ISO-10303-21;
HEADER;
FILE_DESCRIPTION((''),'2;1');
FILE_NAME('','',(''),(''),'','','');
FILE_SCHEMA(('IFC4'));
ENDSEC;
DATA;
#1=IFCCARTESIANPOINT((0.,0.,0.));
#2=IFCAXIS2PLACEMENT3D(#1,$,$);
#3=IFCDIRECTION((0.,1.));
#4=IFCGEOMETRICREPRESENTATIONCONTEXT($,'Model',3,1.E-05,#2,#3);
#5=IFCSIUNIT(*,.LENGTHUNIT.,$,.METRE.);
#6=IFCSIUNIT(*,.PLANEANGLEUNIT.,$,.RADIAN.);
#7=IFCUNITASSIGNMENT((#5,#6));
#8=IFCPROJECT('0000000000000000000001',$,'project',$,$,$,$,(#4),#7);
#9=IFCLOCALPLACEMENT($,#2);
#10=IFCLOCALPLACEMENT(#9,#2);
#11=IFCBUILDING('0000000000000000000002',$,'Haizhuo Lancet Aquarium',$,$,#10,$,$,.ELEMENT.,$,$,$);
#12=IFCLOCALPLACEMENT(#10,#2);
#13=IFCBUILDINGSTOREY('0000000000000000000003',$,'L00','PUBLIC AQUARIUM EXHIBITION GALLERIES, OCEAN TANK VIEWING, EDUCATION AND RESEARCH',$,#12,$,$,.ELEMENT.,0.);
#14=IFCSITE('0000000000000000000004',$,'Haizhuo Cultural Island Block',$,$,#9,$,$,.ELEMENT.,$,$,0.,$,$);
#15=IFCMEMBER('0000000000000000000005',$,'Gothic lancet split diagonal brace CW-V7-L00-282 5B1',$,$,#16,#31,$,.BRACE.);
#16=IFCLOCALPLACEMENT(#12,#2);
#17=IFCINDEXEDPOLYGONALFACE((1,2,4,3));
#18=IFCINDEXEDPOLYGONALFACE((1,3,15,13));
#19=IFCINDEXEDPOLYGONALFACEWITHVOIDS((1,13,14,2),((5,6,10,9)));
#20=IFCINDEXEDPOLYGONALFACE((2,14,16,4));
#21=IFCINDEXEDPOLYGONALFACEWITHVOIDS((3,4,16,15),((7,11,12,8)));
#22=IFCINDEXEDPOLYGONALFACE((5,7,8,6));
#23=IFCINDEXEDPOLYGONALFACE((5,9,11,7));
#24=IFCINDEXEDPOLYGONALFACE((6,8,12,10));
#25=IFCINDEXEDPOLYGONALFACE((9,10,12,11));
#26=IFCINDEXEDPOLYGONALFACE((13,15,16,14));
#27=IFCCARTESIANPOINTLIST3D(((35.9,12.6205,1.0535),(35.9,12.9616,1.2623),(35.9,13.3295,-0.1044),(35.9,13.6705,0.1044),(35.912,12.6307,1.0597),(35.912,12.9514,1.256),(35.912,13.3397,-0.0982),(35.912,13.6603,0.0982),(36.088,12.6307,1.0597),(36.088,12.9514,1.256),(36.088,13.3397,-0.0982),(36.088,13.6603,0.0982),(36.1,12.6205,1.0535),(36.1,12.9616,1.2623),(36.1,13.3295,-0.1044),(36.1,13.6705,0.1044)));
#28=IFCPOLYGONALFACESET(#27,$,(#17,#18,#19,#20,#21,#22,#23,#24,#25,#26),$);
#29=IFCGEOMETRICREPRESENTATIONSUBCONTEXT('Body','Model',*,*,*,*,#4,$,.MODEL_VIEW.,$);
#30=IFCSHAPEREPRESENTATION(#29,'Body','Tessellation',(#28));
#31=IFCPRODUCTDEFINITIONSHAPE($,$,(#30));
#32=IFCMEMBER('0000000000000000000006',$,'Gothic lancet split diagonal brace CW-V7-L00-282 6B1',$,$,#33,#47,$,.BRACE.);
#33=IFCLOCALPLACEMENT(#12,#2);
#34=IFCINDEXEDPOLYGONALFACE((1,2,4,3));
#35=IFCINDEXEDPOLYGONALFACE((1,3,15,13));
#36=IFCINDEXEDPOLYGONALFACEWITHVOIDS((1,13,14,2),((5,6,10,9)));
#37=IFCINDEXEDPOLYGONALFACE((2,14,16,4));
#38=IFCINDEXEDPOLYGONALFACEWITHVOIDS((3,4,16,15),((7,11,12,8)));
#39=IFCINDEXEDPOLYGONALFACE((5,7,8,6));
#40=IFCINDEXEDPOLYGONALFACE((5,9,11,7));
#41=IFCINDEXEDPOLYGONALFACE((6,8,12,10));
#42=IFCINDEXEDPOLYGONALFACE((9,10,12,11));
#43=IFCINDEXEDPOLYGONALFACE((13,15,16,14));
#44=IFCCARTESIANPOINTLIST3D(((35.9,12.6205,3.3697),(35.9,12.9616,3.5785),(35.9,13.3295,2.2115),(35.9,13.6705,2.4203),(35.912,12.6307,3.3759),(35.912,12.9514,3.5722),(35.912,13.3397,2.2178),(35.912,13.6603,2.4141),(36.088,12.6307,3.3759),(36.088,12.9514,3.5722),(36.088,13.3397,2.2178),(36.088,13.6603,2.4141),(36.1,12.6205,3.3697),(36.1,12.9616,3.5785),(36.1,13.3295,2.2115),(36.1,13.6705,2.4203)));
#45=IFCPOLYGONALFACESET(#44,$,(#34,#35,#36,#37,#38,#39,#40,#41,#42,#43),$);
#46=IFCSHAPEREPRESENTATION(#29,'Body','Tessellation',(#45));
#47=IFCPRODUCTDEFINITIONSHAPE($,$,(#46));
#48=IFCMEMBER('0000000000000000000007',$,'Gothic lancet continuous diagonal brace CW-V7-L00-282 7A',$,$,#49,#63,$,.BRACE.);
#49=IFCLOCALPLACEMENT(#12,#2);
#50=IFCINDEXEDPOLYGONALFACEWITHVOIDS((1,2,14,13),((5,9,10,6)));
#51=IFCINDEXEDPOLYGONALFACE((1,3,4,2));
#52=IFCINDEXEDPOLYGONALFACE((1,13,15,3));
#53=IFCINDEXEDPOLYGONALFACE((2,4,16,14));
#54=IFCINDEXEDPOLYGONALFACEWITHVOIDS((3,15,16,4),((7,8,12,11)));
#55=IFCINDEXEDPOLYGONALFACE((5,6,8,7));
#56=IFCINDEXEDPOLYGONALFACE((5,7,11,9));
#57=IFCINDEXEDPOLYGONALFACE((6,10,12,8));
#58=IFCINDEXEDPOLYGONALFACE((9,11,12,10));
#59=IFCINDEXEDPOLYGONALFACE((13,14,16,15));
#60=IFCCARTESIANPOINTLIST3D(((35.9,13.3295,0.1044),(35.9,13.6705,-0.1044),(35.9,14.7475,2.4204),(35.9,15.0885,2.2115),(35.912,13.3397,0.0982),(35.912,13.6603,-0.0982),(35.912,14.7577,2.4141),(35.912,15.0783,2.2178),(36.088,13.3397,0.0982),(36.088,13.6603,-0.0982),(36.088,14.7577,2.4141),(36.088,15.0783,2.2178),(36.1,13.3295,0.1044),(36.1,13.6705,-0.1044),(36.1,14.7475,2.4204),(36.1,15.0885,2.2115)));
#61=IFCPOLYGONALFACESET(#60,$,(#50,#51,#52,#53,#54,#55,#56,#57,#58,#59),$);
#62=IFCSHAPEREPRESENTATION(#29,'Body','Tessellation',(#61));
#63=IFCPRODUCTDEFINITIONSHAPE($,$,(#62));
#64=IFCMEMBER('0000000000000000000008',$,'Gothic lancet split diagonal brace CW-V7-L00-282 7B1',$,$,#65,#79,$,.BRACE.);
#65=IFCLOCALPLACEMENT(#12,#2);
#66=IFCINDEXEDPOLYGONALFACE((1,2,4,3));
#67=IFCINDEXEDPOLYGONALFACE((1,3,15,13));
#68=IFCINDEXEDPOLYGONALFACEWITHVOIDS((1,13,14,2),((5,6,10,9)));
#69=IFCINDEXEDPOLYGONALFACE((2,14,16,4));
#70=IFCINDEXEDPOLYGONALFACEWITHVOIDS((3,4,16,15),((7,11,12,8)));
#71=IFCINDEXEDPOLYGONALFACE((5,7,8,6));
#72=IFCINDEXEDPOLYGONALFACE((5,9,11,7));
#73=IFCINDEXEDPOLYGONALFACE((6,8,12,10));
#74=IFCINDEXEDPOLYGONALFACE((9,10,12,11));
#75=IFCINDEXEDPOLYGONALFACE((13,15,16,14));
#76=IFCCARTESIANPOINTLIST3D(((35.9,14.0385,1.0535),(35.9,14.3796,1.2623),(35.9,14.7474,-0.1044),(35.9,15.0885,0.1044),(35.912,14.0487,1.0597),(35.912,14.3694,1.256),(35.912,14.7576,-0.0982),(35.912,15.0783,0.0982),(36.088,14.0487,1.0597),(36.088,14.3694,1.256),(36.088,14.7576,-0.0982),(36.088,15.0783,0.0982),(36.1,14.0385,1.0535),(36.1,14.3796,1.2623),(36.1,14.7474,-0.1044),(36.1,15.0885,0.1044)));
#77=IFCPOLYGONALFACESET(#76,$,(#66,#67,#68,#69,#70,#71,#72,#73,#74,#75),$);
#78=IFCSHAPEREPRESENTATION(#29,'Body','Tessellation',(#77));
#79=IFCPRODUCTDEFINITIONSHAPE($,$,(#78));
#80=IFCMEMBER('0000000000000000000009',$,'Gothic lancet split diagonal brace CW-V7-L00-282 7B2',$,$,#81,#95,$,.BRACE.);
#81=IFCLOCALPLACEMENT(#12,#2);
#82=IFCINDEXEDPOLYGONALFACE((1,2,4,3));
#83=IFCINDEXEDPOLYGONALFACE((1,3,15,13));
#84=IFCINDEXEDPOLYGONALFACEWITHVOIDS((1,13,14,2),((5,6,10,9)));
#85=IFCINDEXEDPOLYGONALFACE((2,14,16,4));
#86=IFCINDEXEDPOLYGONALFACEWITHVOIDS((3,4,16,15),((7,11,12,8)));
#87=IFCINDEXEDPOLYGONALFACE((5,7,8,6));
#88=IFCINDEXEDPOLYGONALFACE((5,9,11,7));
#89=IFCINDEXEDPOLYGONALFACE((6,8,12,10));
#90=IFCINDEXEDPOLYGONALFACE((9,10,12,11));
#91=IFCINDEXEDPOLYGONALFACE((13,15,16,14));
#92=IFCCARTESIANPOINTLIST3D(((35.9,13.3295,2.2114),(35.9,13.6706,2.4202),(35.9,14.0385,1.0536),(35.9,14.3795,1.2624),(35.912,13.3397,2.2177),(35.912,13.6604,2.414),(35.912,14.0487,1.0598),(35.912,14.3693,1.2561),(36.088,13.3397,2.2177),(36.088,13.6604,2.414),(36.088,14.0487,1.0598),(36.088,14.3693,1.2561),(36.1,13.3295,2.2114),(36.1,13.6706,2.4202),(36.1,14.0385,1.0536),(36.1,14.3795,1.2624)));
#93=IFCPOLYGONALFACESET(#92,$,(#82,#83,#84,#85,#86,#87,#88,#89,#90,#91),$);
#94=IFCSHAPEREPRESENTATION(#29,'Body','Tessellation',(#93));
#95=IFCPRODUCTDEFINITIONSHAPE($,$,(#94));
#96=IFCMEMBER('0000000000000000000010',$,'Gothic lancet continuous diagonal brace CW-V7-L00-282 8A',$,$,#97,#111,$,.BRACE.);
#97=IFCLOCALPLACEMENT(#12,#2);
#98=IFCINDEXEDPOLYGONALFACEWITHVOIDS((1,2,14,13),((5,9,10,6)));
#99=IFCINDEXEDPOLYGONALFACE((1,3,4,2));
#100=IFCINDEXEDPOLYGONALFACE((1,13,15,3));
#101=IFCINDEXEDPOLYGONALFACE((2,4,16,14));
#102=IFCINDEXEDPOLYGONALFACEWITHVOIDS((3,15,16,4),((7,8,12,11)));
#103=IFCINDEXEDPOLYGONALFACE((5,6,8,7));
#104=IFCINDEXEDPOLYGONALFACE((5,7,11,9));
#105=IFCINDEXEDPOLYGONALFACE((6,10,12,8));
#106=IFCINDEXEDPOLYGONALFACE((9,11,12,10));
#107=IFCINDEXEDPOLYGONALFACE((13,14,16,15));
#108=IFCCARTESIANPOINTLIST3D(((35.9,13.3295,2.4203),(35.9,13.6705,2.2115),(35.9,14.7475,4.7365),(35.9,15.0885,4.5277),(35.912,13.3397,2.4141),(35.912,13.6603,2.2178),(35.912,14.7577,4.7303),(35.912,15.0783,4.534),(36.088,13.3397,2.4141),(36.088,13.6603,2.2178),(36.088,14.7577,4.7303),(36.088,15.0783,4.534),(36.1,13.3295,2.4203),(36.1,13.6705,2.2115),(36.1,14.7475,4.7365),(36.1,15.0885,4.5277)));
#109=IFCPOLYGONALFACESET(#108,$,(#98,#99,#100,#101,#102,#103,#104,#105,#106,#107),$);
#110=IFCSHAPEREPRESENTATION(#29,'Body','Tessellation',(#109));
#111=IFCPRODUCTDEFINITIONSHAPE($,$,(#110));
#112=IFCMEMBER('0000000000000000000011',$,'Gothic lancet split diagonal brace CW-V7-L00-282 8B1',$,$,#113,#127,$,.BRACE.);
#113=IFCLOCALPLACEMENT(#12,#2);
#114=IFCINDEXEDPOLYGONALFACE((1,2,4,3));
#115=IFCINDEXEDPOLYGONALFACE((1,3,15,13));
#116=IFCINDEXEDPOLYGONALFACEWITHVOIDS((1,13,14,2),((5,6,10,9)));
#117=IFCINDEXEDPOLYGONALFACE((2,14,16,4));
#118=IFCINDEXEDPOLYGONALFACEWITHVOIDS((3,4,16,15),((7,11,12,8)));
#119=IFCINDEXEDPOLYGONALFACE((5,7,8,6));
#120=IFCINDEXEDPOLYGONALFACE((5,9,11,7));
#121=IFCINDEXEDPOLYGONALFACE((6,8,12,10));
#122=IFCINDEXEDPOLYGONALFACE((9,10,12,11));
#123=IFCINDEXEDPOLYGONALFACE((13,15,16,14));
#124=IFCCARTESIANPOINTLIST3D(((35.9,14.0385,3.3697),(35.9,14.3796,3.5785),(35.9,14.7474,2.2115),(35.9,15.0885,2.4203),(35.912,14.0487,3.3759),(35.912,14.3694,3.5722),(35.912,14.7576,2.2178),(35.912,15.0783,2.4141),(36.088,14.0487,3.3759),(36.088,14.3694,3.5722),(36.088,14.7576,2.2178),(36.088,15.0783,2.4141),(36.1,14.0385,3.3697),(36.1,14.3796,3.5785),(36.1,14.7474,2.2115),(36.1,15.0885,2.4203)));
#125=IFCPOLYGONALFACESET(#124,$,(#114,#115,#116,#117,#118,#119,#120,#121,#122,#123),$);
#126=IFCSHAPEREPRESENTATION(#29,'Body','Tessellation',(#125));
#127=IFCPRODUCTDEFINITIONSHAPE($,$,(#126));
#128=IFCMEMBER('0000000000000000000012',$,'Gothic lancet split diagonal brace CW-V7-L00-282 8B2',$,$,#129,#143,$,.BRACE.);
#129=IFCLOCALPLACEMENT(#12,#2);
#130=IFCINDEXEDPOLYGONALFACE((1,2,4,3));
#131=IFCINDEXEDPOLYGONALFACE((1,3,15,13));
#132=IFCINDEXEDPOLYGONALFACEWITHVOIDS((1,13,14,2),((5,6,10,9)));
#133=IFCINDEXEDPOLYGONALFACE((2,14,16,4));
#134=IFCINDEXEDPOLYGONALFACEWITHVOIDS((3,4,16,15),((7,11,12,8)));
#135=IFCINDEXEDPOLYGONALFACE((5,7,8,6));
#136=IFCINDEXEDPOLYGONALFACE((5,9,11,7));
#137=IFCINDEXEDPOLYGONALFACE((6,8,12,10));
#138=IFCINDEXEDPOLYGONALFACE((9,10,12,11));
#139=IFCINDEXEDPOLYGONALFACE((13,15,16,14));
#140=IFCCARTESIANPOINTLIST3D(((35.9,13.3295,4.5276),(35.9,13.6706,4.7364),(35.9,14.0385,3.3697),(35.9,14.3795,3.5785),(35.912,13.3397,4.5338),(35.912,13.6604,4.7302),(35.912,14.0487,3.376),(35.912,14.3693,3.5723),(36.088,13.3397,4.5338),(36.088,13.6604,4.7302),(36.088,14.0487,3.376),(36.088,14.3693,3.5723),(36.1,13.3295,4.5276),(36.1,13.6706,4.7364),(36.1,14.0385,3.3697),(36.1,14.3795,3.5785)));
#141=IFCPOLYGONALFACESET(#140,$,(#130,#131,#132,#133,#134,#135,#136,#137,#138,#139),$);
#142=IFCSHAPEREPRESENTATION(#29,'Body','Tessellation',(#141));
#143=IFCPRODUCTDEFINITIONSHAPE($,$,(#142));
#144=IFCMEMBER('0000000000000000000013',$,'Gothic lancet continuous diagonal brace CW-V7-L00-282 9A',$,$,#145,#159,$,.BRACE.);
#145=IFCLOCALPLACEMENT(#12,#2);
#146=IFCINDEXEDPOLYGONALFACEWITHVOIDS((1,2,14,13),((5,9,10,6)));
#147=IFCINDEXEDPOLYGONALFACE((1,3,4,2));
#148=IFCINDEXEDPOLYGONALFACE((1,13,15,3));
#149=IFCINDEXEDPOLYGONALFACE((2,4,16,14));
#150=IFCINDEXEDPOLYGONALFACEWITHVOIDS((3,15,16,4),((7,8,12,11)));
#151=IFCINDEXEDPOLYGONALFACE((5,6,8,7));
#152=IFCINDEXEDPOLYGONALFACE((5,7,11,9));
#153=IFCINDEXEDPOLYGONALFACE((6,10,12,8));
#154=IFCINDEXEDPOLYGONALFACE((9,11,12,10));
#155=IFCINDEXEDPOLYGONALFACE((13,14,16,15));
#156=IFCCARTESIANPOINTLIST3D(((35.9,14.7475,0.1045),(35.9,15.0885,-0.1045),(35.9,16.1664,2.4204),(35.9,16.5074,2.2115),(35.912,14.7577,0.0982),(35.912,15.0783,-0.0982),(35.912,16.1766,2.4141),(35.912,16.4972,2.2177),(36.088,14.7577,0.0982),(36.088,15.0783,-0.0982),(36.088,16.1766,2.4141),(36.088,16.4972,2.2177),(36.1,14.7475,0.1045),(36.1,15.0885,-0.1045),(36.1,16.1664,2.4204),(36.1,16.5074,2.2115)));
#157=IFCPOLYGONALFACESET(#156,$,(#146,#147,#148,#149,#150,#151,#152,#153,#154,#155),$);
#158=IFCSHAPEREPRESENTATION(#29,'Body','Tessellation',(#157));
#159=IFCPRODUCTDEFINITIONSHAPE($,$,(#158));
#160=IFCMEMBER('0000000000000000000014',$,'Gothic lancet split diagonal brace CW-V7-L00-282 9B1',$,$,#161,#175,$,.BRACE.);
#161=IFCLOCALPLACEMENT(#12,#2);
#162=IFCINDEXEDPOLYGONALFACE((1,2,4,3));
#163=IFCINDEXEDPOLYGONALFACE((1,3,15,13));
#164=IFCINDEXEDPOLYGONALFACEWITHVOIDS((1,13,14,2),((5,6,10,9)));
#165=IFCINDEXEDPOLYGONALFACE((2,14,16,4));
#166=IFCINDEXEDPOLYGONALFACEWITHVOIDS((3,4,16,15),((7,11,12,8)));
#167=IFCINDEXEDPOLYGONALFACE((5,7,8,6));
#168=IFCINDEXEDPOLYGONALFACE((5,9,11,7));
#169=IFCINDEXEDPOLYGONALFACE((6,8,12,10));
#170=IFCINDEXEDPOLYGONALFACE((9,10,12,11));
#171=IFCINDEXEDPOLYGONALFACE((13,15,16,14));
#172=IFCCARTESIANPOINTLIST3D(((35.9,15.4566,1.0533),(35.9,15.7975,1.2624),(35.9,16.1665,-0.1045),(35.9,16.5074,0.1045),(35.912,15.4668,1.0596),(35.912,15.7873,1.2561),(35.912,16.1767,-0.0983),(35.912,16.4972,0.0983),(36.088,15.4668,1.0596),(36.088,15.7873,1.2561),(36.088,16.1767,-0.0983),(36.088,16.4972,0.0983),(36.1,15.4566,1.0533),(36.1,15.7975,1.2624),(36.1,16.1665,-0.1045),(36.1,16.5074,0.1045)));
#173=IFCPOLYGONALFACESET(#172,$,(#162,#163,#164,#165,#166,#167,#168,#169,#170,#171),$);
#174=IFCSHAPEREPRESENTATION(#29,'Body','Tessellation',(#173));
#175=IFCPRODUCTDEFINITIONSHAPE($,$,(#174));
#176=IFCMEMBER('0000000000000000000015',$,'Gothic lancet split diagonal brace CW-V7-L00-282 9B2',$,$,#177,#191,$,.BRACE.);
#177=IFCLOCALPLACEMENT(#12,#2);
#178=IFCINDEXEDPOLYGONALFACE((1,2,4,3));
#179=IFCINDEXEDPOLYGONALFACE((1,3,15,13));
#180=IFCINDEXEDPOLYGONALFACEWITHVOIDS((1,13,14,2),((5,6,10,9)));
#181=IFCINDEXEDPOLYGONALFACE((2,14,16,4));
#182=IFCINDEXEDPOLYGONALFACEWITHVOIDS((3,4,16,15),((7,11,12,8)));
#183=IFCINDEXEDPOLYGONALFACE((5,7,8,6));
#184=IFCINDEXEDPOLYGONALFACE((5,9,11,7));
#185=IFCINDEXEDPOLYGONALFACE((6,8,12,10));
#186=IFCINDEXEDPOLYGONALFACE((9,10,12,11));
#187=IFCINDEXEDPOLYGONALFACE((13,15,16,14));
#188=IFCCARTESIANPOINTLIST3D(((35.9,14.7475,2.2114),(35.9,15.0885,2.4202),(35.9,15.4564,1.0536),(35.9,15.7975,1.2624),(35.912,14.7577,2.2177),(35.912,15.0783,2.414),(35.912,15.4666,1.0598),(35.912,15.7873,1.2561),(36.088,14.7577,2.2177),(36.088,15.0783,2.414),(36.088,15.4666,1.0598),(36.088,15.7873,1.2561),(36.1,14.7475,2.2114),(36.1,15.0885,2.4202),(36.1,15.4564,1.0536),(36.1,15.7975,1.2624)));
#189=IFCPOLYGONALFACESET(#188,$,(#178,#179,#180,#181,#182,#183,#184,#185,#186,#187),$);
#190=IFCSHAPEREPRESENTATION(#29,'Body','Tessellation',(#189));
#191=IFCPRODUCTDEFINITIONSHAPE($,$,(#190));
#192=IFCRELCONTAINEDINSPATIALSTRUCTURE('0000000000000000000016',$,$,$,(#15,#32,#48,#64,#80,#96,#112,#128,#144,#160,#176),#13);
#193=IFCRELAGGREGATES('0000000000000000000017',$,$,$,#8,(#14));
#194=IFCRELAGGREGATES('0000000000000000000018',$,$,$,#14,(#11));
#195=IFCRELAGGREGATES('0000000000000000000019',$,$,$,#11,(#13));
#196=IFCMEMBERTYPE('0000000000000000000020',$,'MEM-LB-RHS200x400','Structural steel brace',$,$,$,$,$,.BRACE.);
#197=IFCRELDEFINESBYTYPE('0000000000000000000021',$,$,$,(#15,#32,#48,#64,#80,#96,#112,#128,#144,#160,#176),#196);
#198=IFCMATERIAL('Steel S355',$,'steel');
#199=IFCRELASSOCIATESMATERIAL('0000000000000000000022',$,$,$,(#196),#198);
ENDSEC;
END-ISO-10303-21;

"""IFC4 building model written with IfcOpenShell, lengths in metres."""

from ifc_helpers import new_model, si_unit, direction, frame, origin, origin_2d, place, context, subcontext, project, spatial, hollow_rectangle, extrude, material, material_profile, profile_set, type_object, element, save


model = new_model("IFC4")

# Units and contexts
model_context = context("Model", 3, precision=1e-05, world=origin(), true_north=direction((0.0, 1.0)))
body_context = subcontext(model_context, "Body", "Model", "MODEL_VIEW")
ifc_project = project(units=[si_unit("LENGTHUNIT", "METRE"), si_unit("PLANEANGLEUNIT", "RADIAN")], contexts=[model_context])

# Site, building, storey
site_placement = place(None, origin())
site = spatial("IfcSite", under=ifc_project, at=site_placement, Name="Haizhuo Cultural Island Block", CompositionType="ELEMENT", RefElevation=0.0)
building_placement = place(site_placement, origin())
building = spatial("IfcBuilding", under=site, at=building_placement, Name="Haizhuo Lancet Aquarium", CompositionType="ELEMENT")
storey_placement = place(building_placement, origin())
storey = spatial("IfcBuildingStorey", under=building, at=storey_placement, Name="L00", Description="PUBLIC AQUARIUM EXHIBITION GALLERIES, OCEAN TANK VIEWING, EDUCATION AND RESEARCH", CompositionType="ELEMENT", Elevation=0.0)

# Members
ifc_material_1 = material(Name="Steel S355", Category="steel")
ifc_material_profile_1 = material_profile(ifc_material_1, hollow_rectangle(XDim=0.2, YDim=0.3999, WallThickness=0.012, at=origin_2d()), Name="RHS 200x400x12")
ifc_profile_set_1 = profile_set([ifc_material_profile_1], Name="Steel S355")
member_type_1 = type_object("IfcMemberType", Name="MEM-LB-RHS200x400", Description="Structural steel brace", PredefinedType="BRACE", material=ifc_profile_set_1)
member_1_placement = place(storey_placement, frame((36.0, 13.5, 0.0), z_axis=(0.0, -0.52217, 0.852841), x_axis=(1.0, 0.0, 0.0)))
element("IfcMember", 1, at=member_1_placement, inside=storey, type_object=member_type_1, Name="Gothic lancet split diagonal brace CW-V7-L00-282 5B1", PredefinedType="BRACE", context=body_context, shape_type="SweptSolid", body=[
    extrude(hollow_rectangle(XDim=0.2, YDim=0.3999, WallThickness=0.012, at=origin_2d()), origin(), (0.0, 0.0, 1.0), 1.3577),
])
member_2_placement = place(storey_placement, frame((36.0, 13.5, 2.3159), z_axis=(0.0, -0.52209, 0.852891), x_axis=(1.0, 0.0, 0.0)))
element("IfcMember", 2, at=member_2_placement, inside=storey, type_object=member_type_1, Name="Gothic lancet split diagonal brace CW-V7-L00-282 6B1", PredefinedType="BRACE", context=body_context, shape_type="SweptSolid", body=[
    extrude(hollow_rectangle(XDim=0.2, YDim=0.3999, WallThickness=0.012, at=origin_2d()), origin(), (0.0, 0.0, 1.0), 1.3579),
])
member_3_placement = place(storey_placement, frame((36.0, 13.5, 0.0), z_axis=(0.0, 0.52217, 0.852841), x_axis=(-1.0, 0.0, 0.0)))
element("IfcMember", 3, at=member_3_placement, inside=storey, type_object=member_type_1, Name="Gothic lancet continuous diagonal brace CW-V7-L00-282 7A", PredefinedType="BRACE", context=body_context, shape_type="SweptSolid", body=[
    extrude(hollow_rectangle(XDim=0.2, YDim=0.3999, WallThickness=0.012, at=origin_2d()), origin(), (0.0, 0.0, 1.0), 2.7156),
])
for number, where, z_axis, x_axis, name in (
    (4, (36.0, 14.918, 0.0), (0.0, -0.52217, 0.852841), (1.0, 0.0, 0.0), "Gothic lancet split diagonal brace CW-V7-L00-282 7B1"),
    (5, (36.0, 14.209, 1.158), (0.0, -0.52217, 0.852841), (1.0, 0.0, 0.0), "Gothic lancet split diagonal brace CW-V7-L00-282 7B2"),
):
    element("IfcMember", number, at=place(storey_placement, frame(where, z_axis=z_axis, x_axis=x_axis)), inside=storey, type_object=member_type_1, Name=name, PredefinedType="BRACE", context=body_context, shape_type="SweptSolid", body=[
        extrude(hollow_rectangle(XDim=0.2, YDim=0.3999, WallThickness=0.012, at=origin_2d()), origin(), (0.0, 0.0, 1.0), 1.3577),
    ])
member_4_placement = place(storey_placement, frame((36.0, 13.5, 2.3159), z_axis=(0.0, 0.52213, 0.852866), x_axis=(-1.0, 0.0, 0.0)))
element("IfcMember", 6, at=member_4_placement, inside=storey, type_object=member_type_1, Name="Gothic lancet continuous diagonal brace CW-V7-L00-282 8A", PredefinedType="BRACE", context=body_context, shape_type="SweptSolid", body=[
    extrude(hollow_rectangle(XDim=0.2, YDim=0.3999, WallThickness=0.012, at=origin_2d()), origin(), (0.0, 0.0, 1.0), 2.7158),
])
member_5_placement = place(storey_placement, frame((36.0, 14.918, 2.3159), z_axis=(0.0, -0.52209, 0.852891), x_axis=(1.0, 0.0, 0.0)))
element("IfcMember", 7, at=member_5_placement, inside=storey, type_object=member_type_1, Name="Gothic lancet split diagonal brace CW-V7-L00-282 8B1", PredefinedType="BRACE", context=body_context, shape_type="SweptSolid", body=[
    extrude(hollow_rectangle(XDim=0.2, YDim=0.3999, WallThickness=0.012, at=origin_2d()), origin(), (0.0, 0.0, 1.0), 1.3579),
])
member_6_placement = place(storey_placement, frame((36.0, 14.209, 3.4741), z_axis=(0.0, -0.52217, 0.852841), x_axis=(1.0, 0.0, 0.0)))
element("IfcMember", 8, at=member_6_placement, inside=storey, type_object=member_type_1, Name="Gothic lancet split diagonal brace CW-V7-L00-282 8B2", PredefinedType="BRACE", context=body_context, shape_type="SweptSolid", body=[
    extrude(hollow_rectangle(XDim=0.2, YDim=0.3999, WallThickness=0.012, at=origin_2d()), origin(), (0.0, 0.0, 1.0), 1.3577),
])
member_7_placement = place(storey_placement, frame((36.0, 14.918, 0.0), z_axis=(0.0, 0.522431, 0.852681), x_axis=(-1.0, 0.0, 0.0)))
element("IfcMember", 9, at=member_7_placement, inside=storey, type_object=member_type_1, Name="Gothic lancet continuous diagonal brace CW-V7-L00-282 9A", PredefinedType="BRACE", context=body_context, shape_type="SweptSolid", body=[
    extrude(hollow_rectangle(XDim=0.2, YDim=0.3999, WallThickness=0.012, at=origin_2d()), origin(), (0.0, 0.0, 1.0), 2.7161),
])
member_8_placement = place(storey_placement, frame((36.0, 16.3369, 0.0), z_axis=(0.0, -0.522693, 0.852521), x_axis=(1.0, 0.0, 0.0)))
element("IfcMember", 10, at=member_8_placement, inside=storey, type_object=member_type_1, Name="Gothic lancet split diagonal brace CW-V7-L00-282 9B1", PredefinedType="BRACE", context=body_context, shape_type="SweptSolid", body=[
    extrude(hollow_rectangle(XDim=0.2, YDim=0.3999, WallThickness=0.012, at=origin_2d()), origin(), (0.0, 0.0, 1.0), 1.3582),
])
member_9_placement = place(storey_placement, frame((36.0, 15.627, 1.158), z_axis=(0.0, -0.52217, 0.852841), x_axis=(1.0, 0.0, 0.0)))
element("IfcMember", 11, at=member_9_placement, inside=storey, type_object=member_type_1, Name="Gothic lancet split diagonal brace CW-V7-L00-282 9B2", PredefinedType="BRACE", context=body_context, shape_type="SweptSolid", body=[
    extrude(hollow_rectangle(XDim=0.2, YDim=0.3999, WallThickness=0.012, at=origin_2d()), origin(), (0.0, 0.0, 1.0), 1.3577),
])

save(model, "model.ifc")
